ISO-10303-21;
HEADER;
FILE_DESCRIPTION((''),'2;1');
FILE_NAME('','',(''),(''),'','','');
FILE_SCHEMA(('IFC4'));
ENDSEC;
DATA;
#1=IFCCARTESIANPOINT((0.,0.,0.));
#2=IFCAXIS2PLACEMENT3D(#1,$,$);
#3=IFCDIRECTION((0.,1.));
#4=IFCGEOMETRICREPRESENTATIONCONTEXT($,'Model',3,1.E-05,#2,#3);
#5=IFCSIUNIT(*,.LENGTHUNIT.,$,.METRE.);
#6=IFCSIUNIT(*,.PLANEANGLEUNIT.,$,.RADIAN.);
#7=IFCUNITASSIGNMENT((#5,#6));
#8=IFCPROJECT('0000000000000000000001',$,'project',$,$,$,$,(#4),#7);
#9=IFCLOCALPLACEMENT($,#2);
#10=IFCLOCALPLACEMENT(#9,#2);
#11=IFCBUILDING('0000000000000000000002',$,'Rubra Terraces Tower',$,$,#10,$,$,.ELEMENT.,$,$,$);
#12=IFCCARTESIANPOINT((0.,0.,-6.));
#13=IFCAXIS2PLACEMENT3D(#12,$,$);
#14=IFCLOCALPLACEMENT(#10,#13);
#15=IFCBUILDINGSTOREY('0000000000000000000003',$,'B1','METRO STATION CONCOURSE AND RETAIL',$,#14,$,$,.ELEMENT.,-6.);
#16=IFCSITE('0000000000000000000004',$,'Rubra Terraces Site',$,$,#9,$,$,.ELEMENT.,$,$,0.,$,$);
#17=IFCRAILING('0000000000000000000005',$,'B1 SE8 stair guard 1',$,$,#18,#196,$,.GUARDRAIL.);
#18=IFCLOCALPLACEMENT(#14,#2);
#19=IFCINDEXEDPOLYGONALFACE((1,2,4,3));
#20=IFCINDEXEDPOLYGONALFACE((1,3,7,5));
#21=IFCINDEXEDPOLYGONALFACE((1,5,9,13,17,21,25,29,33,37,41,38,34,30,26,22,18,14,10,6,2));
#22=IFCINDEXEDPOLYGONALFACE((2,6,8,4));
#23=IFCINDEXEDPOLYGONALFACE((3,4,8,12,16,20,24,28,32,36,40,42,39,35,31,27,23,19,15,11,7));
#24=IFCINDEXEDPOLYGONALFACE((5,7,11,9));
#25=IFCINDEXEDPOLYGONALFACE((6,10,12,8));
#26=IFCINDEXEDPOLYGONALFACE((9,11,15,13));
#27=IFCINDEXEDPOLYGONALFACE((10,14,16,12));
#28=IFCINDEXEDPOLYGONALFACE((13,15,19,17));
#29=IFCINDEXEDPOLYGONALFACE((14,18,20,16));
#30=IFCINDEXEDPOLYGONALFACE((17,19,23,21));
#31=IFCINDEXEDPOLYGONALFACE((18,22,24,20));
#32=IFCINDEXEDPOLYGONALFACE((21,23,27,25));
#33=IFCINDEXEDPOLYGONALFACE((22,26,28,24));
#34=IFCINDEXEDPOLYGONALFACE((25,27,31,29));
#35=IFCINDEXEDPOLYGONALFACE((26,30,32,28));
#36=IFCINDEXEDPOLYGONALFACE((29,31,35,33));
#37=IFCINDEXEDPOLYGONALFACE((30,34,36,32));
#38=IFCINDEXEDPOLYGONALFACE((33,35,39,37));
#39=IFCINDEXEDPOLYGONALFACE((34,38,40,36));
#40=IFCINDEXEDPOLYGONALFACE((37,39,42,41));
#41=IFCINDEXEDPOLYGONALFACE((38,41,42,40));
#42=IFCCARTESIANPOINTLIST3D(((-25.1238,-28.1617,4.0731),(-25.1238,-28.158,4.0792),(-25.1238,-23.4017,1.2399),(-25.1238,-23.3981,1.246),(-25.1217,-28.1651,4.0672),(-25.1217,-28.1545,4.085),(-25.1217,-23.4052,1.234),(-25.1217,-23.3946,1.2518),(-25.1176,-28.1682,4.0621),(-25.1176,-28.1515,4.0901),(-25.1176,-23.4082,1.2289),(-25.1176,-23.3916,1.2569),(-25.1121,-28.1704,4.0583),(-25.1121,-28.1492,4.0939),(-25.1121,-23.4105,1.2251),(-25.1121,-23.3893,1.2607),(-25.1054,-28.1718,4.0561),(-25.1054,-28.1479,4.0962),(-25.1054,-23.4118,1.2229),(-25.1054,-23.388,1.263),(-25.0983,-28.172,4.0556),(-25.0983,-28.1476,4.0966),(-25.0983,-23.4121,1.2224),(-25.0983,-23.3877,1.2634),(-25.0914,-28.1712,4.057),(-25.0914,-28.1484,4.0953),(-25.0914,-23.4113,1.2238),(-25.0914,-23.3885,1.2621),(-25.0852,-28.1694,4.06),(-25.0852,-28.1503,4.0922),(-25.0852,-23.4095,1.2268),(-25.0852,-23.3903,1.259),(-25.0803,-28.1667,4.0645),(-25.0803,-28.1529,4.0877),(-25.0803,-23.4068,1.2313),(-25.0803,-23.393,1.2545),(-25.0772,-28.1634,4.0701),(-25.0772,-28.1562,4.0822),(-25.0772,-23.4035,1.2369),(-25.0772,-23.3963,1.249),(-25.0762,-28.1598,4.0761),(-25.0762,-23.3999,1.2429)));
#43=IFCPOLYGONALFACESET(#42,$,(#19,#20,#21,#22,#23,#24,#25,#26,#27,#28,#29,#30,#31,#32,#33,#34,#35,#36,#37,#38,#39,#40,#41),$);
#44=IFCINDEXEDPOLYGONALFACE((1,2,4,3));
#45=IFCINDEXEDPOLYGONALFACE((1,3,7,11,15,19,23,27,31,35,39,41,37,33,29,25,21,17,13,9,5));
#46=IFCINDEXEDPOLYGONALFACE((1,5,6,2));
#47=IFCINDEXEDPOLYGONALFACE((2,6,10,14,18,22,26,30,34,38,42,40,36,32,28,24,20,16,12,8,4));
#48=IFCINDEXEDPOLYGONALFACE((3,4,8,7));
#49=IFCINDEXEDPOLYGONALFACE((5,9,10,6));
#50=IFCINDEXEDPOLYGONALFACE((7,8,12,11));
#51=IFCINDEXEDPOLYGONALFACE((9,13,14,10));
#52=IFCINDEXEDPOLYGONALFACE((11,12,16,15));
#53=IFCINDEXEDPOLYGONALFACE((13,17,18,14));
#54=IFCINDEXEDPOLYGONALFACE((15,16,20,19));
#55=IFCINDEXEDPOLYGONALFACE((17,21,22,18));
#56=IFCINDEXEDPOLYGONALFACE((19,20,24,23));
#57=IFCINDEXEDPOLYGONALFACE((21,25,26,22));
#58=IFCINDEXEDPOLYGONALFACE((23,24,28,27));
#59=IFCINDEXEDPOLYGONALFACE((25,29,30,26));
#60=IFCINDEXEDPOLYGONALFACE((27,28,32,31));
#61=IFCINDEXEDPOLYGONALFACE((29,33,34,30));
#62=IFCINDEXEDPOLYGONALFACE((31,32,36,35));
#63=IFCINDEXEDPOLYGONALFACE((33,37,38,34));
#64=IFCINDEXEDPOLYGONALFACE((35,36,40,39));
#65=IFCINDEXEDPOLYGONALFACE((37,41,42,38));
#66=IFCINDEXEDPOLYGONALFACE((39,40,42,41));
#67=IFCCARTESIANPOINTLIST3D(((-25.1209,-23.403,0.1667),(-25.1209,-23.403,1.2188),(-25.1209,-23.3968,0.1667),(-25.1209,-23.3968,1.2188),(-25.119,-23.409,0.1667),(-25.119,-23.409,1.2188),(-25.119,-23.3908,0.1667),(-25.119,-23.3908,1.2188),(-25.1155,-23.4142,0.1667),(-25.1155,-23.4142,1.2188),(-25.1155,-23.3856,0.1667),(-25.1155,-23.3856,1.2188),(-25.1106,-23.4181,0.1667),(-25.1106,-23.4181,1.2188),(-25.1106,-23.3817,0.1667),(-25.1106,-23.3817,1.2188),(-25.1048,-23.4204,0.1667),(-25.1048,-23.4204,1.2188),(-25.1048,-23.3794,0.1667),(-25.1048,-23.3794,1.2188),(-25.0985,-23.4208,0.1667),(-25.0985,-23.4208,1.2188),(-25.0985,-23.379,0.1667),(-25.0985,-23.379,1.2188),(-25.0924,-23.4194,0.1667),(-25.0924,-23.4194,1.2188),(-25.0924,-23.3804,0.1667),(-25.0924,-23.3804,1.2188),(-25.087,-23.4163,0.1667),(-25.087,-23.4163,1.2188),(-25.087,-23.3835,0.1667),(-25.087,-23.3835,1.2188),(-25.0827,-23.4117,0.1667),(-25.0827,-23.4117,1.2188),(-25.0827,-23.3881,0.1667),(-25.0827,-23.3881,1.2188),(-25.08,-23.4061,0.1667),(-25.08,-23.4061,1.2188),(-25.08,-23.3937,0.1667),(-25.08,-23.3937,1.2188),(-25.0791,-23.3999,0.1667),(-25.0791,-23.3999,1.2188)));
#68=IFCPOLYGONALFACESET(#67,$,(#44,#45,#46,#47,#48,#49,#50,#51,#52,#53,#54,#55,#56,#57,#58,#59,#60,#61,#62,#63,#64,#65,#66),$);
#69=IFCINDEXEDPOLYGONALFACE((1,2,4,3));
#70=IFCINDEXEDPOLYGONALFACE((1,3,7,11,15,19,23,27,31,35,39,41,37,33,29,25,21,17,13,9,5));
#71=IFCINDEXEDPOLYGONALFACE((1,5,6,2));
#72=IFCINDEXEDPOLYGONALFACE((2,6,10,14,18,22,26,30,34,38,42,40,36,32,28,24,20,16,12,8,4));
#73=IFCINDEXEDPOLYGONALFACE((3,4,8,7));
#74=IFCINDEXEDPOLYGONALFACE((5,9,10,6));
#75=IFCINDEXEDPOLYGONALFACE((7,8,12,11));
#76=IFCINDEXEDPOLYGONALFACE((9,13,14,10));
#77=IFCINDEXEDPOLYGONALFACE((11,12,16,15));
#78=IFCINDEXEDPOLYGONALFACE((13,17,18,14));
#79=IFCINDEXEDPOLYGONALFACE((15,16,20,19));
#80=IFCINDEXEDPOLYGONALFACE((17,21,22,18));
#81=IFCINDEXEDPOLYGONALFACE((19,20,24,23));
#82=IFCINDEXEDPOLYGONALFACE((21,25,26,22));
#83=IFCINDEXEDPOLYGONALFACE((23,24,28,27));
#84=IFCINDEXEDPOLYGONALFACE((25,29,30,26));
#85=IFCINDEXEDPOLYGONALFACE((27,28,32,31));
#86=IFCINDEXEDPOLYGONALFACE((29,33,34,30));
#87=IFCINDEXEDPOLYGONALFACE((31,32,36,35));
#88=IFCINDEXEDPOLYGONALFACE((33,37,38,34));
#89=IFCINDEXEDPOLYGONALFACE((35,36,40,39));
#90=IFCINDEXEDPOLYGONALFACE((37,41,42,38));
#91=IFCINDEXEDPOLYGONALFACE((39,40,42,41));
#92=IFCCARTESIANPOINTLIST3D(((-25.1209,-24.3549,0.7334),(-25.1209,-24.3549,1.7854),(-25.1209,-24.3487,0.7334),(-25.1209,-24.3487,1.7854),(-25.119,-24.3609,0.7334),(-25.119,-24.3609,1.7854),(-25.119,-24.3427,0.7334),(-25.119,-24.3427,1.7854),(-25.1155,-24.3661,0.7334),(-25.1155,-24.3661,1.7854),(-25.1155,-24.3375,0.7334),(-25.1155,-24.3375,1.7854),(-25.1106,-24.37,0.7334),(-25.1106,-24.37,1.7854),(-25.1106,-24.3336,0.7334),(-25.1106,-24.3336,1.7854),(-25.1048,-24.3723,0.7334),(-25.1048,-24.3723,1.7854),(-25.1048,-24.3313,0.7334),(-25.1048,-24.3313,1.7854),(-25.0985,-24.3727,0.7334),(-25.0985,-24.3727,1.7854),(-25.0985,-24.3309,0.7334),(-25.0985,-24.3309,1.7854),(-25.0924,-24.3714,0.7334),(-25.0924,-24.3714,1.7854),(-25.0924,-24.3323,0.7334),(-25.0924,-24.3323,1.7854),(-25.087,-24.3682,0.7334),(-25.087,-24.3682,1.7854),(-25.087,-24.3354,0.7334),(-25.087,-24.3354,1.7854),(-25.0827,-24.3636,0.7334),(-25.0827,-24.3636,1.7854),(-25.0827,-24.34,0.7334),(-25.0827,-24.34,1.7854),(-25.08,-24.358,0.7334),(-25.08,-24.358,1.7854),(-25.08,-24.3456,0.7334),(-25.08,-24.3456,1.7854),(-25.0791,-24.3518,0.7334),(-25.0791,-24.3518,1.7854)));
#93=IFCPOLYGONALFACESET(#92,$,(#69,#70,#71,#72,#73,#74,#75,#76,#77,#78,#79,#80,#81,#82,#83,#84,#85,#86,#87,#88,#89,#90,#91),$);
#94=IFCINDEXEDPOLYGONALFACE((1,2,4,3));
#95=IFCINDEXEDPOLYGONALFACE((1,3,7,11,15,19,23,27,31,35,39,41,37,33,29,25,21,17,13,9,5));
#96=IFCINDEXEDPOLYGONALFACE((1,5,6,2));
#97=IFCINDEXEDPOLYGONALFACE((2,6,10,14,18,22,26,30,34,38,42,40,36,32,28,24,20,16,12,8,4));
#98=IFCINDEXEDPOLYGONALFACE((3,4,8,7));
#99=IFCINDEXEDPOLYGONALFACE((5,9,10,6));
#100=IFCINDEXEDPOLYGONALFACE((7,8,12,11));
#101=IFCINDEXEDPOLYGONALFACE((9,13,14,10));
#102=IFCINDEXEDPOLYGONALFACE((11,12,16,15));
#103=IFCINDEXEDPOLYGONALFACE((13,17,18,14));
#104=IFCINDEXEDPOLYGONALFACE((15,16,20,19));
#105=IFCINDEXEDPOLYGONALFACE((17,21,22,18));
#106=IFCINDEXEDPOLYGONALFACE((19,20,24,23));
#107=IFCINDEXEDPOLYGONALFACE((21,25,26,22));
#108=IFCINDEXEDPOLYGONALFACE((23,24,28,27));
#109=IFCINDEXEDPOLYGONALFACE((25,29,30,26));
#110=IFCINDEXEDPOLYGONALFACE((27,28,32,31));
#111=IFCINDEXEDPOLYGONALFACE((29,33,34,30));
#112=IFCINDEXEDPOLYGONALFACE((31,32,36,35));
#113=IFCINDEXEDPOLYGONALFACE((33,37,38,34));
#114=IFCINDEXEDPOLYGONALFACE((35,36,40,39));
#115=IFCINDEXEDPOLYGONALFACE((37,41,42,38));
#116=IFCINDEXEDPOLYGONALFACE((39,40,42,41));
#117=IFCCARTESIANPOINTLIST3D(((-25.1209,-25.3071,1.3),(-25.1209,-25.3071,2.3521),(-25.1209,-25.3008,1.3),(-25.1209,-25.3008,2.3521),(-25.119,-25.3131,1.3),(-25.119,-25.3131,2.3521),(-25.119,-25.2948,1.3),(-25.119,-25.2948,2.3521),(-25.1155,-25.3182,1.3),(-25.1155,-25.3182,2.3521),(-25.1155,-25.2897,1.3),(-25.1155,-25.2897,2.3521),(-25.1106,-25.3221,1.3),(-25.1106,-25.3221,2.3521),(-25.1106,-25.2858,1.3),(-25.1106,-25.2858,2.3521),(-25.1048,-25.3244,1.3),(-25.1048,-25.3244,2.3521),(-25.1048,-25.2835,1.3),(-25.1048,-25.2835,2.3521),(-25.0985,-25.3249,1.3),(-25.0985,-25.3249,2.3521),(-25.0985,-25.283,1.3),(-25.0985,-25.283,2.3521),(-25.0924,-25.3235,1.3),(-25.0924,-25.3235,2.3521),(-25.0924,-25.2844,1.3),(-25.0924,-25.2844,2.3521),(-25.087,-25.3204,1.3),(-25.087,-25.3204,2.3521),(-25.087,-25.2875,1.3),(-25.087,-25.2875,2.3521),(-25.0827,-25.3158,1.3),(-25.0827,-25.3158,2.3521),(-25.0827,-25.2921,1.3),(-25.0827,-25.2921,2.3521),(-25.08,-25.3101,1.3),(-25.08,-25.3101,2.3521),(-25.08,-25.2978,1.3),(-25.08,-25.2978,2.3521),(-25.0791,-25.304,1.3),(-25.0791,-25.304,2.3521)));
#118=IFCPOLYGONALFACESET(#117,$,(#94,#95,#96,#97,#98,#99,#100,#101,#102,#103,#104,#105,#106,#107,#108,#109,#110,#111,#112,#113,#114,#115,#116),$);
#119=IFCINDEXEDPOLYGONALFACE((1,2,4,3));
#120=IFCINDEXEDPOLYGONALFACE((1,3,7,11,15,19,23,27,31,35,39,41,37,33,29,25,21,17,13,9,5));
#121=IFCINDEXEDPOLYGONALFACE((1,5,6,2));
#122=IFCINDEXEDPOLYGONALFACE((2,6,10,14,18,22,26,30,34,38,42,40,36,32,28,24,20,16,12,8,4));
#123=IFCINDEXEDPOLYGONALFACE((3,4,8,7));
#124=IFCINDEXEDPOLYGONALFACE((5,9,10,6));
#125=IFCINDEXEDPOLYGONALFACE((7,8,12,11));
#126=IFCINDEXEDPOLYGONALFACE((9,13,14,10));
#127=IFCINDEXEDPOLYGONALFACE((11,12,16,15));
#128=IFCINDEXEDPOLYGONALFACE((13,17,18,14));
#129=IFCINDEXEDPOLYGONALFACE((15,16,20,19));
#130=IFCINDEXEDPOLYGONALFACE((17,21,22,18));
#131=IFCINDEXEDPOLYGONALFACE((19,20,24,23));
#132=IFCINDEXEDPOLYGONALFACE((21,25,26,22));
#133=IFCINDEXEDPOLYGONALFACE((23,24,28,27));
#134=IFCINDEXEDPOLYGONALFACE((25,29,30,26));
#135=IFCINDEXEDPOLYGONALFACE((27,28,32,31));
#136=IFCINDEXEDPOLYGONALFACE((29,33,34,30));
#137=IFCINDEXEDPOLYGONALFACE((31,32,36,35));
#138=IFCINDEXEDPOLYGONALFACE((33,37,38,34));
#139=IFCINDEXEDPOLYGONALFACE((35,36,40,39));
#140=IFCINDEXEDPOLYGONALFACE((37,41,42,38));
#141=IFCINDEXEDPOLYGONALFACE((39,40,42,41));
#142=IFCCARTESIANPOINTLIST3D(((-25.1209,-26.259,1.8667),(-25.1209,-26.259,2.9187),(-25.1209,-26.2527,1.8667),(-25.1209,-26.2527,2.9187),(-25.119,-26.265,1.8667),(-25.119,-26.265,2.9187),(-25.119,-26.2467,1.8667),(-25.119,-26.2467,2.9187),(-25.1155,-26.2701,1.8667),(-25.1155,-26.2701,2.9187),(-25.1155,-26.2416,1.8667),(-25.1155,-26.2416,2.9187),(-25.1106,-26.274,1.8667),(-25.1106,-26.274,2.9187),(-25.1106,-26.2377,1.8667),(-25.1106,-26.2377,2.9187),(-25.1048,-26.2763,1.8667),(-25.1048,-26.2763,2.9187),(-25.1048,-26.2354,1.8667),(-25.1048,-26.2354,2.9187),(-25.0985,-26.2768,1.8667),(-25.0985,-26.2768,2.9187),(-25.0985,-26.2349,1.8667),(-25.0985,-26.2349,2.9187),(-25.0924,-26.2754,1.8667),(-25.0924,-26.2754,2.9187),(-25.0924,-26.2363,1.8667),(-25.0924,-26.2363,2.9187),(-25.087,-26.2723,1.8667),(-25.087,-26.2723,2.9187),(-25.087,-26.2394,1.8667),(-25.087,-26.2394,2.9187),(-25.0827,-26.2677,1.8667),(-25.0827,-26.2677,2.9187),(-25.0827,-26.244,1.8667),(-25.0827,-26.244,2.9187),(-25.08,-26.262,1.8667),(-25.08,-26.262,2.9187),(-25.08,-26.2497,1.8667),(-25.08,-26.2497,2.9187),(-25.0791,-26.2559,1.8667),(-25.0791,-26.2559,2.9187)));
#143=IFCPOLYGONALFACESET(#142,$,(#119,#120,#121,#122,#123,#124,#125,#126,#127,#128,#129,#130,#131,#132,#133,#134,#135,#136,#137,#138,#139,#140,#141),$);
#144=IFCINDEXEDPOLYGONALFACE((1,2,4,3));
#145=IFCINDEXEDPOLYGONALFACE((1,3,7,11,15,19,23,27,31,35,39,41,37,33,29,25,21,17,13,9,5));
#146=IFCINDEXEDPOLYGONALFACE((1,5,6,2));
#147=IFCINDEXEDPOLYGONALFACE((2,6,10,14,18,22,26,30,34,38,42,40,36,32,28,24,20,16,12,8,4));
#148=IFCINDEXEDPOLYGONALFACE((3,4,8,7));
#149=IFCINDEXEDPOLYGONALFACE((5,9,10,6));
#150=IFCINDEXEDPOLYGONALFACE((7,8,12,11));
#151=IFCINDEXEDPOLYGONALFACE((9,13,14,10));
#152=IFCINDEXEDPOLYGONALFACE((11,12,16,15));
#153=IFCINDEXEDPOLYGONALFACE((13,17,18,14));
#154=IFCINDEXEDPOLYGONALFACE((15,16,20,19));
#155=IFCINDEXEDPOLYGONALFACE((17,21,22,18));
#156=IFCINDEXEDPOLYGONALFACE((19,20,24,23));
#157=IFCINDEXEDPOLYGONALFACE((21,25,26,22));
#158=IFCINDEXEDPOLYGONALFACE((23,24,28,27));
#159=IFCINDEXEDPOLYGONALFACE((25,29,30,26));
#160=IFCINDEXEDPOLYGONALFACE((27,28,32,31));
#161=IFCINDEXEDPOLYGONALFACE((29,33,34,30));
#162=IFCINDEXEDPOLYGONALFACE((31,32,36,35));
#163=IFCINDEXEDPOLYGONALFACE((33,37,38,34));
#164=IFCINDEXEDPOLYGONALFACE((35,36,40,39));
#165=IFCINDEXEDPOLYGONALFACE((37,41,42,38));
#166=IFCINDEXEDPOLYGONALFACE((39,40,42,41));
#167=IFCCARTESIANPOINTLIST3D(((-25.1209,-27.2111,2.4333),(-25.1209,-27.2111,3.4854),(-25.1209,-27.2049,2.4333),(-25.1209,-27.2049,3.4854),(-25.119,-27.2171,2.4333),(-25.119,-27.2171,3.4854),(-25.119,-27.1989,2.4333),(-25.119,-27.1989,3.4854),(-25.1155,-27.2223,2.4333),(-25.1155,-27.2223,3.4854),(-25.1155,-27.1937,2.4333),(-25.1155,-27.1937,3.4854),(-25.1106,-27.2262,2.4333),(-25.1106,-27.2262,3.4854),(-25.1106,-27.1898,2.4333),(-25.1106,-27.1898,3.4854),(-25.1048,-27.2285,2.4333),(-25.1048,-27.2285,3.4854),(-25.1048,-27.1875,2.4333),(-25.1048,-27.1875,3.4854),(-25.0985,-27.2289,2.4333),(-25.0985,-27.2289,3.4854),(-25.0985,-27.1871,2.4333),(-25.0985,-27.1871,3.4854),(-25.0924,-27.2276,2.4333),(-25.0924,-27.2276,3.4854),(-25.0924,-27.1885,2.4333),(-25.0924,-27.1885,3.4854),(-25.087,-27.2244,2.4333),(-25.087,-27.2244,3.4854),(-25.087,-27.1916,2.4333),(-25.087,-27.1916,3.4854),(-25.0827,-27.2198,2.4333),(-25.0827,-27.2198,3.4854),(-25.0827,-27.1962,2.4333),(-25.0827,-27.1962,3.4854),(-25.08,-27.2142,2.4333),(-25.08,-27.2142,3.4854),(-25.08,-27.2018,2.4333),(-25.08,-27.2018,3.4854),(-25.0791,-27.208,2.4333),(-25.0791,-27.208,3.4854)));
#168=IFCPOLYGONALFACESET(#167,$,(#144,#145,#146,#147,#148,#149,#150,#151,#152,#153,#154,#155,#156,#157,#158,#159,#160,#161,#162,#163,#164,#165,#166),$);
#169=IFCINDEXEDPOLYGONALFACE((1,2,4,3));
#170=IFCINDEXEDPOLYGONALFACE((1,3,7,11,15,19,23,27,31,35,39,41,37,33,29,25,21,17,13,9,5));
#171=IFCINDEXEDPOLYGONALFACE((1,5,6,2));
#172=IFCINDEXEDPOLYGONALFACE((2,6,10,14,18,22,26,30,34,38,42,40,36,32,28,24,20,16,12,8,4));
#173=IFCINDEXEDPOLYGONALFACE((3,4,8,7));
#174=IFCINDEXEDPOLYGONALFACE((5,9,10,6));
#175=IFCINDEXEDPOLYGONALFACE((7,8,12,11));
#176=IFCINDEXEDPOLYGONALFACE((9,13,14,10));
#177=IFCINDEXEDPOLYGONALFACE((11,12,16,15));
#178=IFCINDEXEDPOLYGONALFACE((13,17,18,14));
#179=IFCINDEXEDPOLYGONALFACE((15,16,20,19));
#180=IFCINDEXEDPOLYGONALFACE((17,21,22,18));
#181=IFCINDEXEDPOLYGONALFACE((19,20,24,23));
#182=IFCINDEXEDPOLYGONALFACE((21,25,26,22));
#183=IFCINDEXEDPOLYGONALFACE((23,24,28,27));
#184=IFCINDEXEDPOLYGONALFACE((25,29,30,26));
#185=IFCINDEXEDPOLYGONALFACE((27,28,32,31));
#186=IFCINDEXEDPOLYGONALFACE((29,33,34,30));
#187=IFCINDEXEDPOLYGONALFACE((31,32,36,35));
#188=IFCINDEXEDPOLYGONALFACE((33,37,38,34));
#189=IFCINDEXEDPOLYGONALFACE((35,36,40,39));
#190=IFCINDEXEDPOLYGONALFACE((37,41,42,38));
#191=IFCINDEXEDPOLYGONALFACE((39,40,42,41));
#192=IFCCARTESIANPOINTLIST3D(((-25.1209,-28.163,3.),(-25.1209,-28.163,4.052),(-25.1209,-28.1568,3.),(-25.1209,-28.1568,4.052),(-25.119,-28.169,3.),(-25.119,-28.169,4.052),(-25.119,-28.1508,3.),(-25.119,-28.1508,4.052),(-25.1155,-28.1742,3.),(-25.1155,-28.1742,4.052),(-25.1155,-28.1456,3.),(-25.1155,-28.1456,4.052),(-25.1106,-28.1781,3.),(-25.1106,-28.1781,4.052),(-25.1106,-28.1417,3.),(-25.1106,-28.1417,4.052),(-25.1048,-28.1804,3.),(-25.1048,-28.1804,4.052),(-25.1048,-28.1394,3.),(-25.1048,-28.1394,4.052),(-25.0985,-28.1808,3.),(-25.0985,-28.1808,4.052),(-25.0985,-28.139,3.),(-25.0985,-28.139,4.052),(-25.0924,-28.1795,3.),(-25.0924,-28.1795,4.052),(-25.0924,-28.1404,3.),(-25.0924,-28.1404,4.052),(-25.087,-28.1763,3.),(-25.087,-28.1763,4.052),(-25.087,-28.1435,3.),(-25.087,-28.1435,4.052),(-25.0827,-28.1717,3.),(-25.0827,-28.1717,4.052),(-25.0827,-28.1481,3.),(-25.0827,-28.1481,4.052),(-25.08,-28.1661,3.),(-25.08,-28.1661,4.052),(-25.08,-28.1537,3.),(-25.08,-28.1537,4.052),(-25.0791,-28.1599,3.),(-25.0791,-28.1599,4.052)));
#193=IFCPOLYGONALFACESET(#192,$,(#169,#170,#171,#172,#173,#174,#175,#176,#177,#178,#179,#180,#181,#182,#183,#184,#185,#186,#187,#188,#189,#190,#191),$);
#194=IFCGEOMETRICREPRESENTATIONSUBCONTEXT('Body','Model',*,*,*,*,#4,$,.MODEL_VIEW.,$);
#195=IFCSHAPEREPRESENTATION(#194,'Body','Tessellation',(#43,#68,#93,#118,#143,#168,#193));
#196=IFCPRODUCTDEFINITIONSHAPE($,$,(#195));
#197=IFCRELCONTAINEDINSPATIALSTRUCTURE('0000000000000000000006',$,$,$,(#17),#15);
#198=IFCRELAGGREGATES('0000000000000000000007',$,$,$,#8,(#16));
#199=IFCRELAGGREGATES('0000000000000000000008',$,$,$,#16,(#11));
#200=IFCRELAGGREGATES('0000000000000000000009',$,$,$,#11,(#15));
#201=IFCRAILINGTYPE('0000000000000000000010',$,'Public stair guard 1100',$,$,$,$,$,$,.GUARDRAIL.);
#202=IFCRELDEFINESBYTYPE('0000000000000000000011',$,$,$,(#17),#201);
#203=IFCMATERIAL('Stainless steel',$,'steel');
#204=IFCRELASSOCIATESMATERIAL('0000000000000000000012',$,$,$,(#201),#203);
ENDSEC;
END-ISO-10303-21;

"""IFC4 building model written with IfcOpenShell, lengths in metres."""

from ifc_helpers import new_model, si_unit, direction, frame, origin, origin_2d, place, context, subcontext, project, spatial, circle, extrude, material, type_object, element, save


model = new_model("IFC4")

# Units and contexts
model_context = context("Model", 3, precision=1e-05, world=origin(), true_north=direction((0.0, 1.0)))
body_context = subcontext(model_context, "Body", "Model", "MODEL_VIEW")
ifc_project = project(units=[si_unit("LENGTHUNIT", "METRE"), si_unit("PLANEANGLEUNIT", "RADIAN")], contexts=[model_context])

# Site, building, storey
site_placement = place(None, origin())
site = spatial("IfcSite", under=ifc_project, at=site_placement, Name="Rubra Terraces Site", CompositionType="ELEMENT", RefElevation=0.0)
building_placement = place(site_placement, origin())
building = spatial("IfcBuilding", under=site, at=building_placement, Name="Rubra Terraces Tower", CompositionType="ELEMENT")
storey_placement = place(building_placement, frame((0.0, 0.0, -6.0)))
storey = spatial("IfcBuildingStorey", under=building, at=storey_placement, Name="B1", Description="METRO STATION CONCOURSE AND RETAIL", CompositionType="ELEMENT", Elevation=-6.0)

# Railing
ifc_material_1 = material(Name="Stainless steel", Category="steel")
railing_type_1 = type_object("IfcRailingType", Name="Public stair guard 1100", PredefinedType="GUARDRAIL", material=ifc_material_1)
railing_1_placement = place(storey_placement, frame((-25.1001, -23.3999, 0.1667)))
element("IfcRailing", 1, at=railing_1_placement, inside=storey, type_object=railing_type_1, Name="B1 SE8 stair guard 1", PredefinedType="GUARDRAIL", context=body_context, shape_type="SweptSolid", body=[
    extrude(circle(Radius=0.0239, at=origin_2d()), frame((0.0, 0.0, 1.0762), z_axis=(0.0, -0.8593, 0.511472), x_axis=(1.0, 0.0, 0.0)), (0.0, 0.0, 1.0), 5.5393),
    extrude(circle(Radius=0.021, at=origin_2d()), origin(), (0.0, 0.0, 1.0), 1.052),
    extrude(circle(Radius=0.021, at=origin_2d()), frame((0.0, -0.9519, 0.5667)), (0.0, 0.0, 1.0), 1.052),
    extrude(circle(Radius=0.021, at=origin_2d()), frame((0.0, -1.9041, 1.1333)), (0.0, 0.0, 1.0), 1.052),
    extrude(circle(Radius=0.021, at=origin_2d()), frame((0.0, -2.856, 1.7)), (0.0, 0.0, 1.0), 1.052),
    extrude(circle(Radius=0.021, at=origin_2d()), frame((0.0, -3.8081, 2.2666)), (0.0, 0.0, 1.0), 1.052),
    extrude(circle(Radius=0.021, at=origin_2d()), frame((0.0, -4.76, 2.8333)), (0.0, 0.0, 1.0), 1.052),
])

save(model, "model.ifc")
